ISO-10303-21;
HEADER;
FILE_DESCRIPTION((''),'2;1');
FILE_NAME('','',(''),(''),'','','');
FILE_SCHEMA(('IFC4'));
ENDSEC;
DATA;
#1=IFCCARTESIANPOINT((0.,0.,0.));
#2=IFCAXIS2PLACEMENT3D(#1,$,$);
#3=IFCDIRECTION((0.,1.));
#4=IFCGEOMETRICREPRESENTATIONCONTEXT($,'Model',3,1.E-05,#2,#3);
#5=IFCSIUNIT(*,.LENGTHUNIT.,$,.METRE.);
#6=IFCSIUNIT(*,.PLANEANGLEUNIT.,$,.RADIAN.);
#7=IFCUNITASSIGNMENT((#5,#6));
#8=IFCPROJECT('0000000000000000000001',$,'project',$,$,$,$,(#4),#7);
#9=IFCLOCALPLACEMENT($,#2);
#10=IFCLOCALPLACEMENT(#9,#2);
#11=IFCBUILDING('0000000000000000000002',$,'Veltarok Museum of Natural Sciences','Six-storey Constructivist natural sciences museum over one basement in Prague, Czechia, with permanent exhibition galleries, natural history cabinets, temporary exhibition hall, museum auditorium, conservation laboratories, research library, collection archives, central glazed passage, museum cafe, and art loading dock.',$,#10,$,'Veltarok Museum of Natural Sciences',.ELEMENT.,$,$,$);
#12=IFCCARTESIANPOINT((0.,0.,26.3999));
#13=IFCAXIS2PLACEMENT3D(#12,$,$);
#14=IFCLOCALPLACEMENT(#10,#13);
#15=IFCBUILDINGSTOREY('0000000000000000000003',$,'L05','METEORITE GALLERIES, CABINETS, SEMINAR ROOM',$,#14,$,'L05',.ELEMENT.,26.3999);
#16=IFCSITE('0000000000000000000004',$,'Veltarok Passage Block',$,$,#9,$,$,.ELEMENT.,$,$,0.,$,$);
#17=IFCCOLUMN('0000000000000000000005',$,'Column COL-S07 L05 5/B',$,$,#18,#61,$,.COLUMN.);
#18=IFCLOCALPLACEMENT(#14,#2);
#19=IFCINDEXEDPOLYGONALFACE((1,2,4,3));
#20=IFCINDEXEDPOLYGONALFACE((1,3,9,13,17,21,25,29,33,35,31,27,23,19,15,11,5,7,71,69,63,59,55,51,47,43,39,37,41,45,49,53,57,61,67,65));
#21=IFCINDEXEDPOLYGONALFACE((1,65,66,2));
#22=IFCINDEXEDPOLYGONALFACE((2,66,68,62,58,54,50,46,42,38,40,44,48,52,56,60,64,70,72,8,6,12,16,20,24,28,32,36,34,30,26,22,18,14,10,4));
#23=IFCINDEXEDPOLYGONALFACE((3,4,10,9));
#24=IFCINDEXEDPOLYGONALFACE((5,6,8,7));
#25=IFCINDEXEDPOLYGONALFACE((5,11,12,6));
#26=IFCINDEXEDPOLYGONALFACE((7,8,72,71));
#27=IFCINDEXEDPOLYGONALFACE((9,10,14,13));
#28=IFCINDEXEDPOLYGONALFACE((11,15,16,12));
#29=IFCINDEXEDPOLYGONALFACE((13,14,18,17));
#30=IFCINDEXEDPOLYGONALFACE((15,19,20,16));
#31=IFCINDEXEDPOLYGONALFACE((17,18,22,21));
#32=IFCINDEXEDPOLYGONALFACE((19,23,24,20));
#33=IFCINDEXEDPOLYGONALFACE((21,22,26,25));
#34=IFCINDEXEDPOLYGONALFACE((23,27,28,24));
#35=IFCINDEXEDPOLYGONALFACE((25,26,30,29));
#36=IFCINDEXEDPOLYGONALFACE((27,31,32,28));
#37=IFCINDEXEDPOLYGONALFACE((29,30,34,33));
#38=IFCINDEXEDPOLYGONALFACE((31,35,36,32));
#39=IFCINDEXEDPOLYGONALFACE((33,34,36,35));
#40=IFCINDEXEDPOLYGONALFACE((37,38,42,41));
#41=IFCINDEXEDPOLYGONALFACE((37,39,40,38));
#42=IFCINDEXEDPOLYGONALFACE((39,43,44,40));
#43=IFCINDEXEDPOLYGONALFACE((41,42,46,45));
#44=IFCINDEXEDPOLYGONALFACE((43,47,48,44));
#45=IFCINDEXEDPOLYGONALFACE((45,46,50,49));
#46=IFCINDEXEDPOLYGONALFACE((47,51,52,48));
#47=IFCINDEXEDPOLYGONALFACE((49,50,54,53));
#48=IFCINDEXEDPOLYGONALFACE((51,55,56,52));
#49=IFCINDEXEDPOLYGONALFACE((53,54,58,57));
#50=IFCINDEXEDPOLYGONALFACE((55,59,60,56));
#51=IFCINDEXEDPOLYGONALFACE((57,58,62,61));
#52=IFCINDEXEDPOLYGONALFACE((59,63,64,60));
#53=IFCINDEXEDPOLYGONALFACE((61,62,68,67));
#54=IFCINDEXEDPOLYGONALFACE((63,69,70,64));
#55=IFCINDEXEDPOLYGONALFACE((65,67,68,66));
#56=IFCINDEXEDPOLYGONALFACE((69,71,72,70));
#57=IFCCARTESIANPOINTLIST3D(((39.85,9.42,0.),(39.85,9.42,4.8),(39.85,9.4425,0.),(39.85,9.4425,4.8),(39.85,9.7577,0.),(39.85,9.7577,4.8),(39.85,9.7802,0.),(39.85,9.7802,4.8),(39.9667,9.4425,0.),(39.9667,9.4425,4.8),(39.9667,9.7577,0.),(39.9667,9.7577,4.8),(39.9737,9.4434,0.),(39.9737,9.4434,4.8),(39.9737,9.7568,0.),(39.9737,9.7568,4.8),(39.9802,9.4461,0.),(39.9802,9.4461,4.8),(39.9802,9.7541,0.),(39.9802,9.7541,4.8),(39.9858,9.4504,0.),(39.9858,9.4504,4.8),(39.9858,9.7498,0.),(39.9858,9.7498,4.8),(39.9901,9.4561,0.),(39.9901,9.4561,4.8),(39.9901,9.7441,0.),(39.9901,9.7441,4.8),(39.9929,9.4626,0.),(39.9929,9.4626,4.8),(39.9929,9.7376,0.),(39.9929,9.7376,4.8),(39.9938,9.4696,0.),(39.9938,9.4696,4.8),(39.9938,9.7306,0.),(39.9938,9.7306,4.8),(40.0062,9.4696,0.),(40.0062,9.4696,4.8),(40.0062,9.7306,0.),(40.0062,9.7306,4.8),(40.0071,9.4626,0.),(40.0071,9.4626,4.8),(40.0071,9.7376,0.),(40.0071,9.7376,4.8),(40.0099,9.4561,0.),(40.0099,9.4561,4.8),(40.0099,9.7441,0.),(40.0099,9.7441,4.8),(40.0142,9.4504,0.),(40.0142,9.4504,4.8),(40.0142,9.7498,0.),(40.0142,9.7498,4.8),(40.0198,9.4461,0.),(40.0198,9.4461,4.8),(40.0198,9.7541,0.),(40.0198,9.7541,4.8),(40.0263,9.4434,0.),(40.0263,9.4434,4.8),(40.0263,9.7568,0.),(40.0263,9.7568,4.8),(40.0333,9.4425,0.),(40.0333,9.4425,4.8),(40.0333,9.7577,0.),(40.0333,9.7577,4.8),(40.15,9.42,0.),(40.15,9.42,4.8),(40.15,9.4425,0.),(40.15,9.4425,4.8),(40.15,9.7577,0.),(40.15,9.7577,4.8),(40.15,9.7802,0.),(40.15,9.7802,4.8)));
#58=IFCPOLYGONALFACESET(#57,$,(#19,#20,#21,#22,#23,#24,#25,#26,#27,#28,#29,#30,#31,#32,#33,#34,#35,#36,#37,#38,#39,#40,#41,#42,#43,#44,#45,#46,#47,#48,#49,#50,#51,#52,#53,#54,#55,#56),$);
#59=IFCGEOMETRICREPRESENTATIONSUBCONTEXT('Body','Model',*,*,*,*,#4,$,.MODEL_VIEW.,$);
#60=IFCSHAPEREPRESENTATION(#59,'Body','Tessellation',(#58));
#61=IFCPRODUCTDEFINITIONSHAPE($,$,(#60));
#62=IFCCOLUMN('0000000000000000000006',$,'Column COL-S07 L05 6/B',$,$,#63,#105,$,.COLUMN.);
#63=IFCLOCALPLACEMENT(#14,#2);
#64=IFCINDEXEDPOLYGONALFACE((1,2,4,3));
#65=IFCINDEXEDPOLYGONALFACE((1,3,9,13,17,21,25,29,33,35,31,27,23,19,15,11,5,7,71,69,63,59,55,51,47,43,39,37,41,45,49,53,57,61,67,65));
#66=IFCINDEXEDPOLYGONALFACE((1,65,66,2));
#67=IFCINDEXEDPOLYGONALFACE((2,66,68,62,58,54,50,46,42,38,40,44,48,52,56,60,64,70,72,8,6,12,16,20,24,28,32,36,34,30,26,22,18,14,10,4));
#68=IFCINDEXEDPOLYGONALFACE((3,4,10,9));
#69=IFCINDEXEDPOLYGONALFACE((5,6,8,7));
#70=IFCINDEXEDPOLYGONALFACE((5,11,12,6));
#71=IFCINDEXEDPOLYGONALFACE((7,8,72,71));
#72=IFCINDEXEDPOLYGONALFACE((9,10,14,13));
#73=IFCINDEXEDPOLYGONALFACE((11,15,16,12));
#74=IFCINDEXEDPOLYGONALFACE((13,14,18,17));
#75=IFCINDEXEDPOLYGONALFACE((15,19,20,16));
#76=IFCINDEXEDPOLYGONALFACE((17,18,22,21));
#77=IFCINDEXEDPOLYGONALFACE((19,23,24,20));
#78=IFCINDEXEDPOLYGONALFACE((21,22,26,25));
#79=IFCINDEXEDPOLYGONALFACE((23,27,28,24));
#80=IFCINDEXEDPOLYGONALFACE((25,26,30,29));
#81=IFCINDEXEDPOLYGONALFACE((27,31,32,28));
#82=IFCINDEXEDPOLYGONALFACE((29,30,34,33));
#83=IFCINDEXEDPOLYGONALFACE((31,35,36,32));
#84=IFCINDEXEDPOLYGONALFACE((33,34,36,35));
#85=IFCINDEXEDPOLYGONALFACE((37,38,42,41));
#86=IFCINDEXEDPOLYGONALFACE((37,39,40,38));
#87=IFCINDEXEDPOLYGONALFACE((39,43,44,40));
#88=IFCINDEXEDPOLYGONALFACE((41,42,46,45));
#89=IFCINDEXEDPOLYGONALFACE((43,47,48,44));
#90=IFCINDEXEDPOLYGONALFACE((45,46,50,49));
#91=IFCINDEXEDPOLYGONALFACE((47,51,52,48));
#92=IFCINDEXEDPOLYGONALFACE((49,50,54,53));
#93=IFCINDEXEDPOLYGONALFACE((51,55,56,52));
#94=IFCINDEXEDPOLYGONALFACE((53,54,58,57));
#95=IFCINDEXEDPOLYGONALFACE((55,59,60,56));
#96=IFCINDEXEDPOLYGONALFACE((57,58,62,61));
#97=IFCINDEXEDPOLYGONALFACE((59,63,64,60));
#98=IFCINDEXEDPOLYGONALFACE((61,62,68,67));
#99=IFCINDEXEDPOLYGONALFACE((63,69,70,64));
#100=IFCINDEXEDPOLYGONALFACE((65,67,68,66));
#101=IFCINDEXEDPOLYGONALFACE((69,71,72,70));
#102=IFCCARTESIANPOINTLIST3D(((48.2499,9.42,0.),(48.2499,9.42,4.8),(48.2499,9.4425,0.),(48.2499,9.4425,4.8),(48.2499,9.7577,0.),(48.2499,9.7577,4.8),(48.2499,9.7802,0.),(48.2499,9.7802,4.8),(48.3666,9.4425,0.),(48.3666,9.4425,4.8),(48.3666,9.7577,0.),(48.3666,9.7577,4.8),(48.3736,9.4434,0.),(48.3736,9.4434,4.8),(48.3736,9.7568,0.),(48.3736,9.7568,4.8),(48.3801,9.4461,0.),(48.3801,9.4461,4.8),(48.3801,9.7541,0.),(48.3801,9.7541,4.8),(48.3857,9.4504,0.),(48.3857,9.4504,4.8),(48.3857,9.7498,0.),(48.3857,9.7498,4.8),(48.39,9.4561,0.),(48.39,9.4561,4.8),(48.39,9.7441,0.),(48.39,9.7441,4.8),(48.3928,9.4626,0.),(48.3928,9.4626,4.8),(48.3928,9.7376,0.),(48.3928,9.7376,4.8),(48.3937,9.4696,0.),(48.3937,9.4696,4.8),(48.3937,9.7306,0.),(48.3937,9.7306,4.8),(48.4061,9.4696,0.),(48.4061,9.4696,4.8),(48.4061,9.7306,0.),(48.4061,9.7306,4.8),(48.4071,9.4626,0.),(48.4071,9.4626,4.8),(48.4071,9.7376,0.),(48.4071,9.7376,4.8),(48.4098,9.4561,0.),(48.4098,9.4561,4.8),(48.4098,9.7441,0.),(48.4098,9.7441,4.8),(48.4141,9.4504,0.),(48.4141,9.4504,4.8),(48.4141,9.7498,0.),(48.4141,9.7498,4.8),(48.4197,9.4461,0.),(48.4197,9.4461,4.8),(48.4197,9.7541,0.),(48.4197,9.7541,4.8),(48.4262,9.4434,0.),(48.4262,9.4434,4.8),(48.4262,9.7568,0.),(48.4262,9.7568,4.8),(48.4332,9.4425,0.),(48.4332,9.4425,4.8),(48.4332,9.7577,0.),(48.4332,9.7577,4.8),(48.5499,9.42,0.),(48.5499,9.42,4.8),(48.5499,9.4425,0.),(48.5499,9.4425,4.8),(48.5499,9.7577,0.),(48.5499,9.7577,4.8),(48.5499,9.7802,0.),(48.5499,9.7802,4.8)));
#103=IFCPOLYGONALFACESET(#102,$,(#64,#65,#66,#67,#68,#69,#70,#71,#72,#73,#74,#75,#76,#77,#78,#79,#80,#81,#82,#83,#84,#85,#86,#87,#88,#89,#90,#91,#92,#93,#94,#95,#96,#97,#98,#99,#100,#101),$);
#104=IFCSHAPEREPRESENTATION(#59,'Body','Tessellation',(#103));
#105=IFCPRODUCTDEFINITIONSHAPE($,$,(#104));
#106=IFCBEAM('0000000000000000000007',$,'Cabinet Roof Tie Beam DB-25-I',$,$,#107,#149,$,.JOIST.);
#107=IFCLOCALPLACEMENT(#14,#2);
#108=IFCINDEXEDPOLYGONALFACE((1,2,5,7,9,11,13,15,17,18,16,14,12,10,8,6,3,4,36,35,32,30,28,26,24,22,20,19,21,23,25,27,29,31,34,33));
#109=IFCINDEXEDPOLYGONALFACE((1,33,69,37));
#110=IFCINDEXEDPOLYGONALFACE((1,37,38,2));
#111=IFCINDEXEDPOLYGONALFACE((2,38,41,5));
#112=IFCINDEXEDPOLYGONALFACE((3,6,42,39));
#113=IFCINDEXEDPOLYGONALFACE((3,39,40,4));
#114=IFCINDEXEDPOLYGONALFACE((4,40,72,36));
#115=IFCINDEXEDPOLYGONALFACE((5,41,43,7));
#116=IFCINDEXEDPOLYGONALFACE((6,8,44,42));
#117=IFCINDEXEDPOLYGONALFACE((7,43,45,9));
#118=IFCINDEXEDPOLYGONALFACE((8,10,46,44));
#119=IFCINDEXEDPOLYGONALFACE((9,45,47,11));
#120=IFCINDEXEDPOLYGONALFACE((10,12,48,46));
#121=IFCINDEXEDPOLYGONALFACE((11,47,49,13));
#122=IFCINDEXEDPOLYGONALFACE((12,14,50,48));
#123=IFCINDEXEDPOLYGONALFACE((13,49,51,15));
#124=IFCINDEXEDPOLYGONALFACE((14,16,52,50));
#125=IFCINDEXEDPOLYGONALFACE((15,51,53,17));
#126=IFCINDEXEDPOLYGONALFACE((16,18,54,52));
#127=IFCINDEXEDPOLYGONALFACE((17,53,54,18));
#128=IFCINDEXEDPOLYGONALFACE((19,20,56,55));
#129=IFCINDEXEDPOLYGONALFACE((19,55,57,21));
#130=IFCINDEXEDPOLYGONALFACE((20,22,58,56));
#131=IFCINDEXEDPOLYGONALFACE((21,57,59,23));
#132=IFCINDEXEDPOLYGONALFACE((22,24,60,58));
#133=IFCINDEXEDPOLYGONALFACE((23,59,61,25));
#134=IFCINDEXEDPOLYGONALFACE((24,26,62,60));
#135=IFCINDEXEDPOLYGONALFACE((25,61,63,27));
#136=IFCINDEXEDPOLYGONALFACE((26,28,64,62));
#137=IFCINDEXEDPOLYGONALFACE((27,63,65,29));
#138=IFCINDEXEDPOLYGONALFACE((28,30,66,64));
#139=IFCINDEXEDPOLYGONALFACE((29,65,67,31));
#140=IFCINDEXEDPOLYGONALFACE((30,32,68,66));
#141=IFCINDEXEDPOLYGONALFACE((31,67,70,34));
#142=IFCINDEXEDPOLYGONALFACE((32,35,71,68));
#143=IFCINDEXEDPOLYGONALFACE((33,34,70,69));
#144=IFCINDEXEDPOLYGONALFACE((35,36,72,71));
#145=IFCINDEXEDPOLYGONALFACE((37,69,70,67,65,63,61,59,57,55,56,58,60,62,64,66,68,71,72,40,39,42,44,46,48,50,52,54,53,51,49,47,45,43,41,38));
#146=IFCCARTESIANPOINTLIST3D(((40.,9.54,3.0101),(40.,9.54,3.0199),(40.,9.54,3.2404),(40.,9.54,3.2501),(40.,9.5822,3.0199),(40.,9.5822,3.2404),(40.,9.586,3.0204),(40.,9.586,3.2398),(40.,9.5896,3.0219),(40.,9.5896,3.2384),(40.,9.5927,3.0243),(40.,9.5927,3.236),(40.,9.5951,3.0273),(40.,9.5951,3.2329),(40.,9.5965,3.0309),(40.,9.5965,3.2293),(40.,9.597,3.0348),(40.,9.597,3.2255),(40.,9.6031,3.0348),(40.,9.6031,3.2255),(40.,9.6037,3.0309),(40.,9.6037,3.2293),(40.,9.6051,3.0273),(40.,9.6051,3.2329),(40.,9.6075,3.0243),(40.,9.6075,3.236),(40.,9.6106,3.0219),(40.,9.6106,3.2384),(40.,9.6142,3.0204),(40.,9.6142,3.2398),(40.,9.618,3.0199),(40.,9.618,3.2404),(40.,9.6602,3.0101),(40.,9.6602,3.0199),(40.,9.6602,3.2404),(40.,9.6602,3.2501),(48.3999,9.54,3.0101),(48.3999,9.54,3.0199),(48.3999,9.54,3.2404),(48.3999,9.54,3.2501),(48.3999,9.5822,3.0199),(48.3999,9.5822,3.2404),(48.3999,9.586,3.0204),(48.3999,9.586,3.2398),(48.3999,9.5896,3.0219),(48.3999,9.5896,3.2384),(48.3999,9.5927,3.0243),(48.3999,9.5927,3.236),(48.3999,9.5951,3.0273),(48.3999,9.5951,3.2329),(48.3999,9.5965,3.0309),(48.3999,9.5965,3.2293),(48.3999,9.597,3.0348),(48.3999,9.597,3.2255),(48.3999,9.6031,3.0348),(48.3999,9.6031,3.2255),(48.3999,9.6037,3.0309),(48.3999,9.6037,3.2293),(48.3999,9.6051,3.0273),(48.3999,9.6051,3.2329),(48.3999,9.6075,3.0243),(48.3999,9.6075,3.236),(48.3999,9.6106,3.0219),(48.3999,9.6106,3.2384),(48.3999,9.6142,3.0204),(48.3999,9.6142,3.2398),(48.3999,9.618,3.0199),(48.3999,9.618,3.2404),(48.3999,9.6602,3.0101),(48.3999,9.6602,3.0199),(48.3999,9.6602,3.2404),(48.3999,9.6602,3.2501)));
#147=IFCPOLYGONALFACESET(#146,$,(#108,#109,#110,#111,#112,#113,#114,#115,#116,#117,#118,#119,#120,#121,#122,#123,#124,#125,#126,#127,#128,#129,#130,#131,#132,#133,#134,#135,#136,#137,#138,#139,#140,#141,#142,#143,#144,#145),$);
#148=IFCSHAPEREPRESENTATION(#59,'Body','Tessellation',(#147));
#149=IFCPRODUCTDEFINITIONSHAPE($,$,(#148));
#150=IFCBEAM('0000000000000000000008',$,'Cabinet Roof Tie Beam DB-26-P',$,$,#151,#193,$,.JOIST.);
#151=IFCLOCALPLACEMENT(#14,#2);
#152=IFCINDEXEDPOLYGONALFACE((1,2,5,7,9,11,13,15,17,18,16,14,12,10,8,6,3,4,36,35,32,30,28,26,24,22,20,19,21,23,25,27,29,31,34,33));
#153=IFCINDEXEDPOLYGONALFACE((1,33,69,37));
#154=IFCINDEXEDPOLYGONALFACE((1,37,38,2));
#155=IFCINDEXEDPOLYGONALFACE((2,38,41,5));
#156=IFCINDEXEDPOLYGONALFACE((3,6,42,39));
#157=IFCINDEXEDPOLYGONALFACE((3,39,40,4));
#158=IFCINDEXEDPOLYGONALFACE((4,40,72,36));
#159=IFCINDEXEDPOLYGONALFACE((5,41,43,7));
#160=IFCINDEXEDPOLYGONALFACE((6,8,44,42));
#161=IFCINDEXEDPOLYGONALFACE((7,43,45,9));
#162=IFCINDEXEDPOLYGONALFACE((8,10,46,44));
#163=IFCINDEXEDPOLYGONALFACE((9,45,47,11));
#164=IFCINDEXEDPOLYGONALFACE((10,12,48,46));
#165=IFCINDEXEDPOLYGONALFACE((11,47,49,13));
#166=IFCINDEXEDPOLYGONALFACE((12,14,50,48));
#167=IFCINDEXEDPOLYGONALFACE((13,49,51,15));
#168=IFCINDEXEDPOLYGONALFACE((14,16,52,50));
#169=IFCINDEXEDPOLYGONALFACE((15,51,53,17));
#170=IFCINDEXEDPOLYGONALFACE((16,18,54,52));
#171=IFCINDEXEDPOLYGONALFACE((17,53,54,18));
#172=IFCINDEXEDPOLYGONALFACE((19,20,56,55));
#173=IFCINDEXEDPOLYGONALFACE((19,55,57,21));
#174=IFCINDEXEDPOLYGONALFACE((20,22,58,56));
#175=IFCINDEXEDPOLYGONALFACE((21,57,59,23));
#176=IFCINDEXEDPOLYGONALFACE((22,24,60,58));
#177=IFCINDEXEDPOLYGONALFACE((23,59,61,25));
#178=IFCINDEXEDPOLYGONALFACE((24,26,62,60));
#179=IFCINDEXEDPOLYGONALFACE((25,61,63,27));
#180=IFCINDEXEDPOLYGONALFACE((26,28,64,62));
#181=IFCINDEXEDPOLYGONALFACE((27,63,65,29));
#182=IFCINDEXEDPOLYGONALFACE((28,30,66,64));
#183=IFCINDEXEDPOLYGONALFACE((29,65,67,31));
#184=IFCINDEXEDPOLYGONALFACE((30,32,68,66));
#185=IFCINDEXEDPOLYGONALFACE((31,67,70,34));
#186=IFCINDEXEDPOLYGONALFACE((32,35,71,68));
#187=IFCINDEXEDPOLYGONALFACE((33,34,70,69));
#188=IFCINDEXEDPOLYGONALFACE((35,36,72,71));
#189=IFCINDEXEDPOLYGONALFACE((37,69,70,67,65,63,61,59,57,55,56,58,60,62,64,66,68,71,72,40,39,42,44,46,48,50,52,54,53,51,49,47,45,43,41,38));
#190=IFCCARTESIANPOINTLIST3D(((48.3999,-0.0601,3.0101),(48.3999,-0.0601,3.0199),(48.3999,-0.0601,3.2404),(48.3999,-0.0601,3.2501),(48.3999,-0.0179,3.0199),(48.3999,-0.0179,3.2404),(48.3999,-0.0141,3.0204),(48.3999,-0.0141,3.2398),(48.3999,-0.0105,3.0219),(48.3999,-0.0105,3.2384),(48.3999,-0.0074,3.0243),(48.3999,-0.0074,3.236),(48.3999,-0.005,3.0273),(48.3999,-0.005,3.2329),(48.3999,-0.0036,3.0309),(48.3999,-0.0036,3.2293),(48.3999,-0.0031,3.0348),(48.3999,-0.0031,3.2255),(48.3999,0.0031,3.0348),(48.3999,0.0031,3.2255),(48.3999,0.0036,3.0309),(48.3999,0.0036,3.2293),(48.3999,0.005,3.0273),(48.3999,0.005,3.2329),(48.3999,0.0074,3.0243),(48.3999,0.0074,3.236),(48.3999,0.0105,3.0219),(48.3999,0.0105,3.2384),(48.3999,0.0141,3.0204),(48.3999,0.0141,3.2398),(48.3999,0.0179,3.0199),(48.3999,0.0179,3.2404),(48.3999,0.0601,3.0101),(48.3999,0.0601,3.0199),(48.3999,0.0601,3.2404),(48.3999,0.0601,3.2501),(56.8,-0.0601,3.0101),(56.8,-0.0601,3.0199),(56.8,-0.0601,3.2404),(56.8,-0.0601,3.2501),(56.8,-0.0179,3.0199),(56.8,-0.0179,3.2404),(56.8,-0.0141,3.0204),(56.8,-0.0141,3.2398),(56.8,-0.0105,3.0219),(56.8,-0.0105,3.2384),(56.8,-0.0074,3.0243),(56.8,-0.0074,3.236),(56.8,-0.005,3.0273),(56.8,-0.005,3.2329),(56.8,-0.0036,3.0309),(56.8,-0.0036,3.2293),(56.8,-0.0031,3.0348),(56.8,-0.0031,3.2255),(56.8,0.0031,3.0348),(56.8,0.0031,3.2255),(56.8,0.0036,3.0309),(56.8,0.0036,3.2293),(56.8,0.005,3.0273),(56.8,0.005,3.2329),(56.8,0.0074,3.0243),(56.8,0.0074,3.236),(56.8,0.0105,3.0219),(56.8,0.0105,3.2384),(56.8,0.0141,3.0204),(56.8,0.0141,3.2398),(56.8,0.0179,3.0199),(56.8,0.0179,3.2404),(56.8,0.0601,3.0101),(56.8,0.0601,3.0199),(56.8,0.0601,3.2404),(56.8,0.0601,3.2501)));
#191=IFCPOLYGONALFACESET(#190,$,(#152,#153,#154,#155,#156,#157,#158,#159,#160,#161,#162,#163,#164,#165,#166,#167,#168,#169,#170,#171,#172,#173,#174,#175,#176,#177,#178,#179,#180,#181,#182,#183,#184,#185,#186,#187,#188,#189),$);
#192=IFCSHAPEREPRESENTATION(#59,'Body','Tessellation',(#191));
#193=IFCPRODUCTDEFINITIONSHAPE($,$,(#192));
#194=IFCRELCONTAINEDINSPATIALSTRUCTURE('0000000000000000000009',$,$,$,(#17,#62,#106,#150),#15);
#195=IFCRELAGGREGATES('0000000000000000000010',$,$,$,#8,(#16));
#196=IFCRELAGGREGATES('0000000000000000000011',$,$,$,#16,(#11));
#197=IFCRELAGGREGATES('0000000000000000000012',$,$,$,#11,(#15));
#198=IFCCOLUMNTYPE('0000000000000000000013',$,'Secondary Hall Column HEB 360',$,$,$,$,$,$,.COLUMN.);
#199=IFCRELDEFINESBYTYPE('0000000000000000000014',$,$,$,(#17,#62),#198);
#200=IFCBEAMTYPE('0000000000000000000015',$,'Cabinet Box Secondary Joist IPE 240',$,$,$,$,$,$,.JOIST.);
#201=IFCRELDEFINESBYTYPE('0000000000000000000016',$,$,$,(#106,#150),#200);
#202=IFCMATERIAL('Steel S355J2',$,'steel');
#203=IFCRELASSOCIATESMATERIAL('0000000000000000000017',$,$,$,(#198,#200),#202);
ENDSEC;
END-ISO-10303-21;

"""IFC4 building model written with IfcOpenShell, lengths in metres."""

from ifc_helpers import new_model, si_unit, direction, frame, origin, origin_2d, place, context, subcontext, project, spatial, i_section, extrude, material, material_profile, profile_set, type_object, element, save


model = new_model("IFC4")

# Units and contexts
model_context = context("Model", 3, precision=1e-05, world=origin(), true_north=direction((0.0, 1.0)))
body_context = subcontext(model_context, "Body", "Model", "MODEL_VIEW")
ifc_project = project(units=[si_unit("LENGTHUNIT", "METRE"), si_unit("PLANEANGLEUNIT", "RADIAN")], contexts=[model_context])

# Site, building, storey
site_placement = place(None, origin())
site = spatial("IfcSite", under=ifc_project, at=site_placement, Name="Veltarok Passage Block", CompositionType="ELEMENT", RefElevation=0.0)
building_placement = place(site_placement, origin())
building = spatial("IfcBuilding", under=site, at=building_placement, Name="Veltarok Museum of Natural Sciences", Description="Six-storey Constructivist natural sciences museum over one basement in Prague, Czechia, with permanent exhibition galleries, natural history cabinets, temporary exhibition hall, museum auditorium, conservation laboratories, research library, collection archives, central glazed passage, museum cafe, and art loading dock.", LongName="Veltarok Museum of Natural Sciences", CompositionType="ELEMENT")
storey_placement = place(building_placement, frame((0.0, 0.0, 26.3999)))
storey = spatial("IfcBuildingStorey", under=building, at=storey_placement, Name="L05", Description="METEORITE GALLERIES, CABINETS, SEMINAR ROOM", LongName="L05", CompositionType="ELEMENT", Elevation=26.3999)

# Columns
ifc_material_1 = material(Name="Steel S355J2", Category="steel")
ifc_material_profile_1 = material_profile(ifc_material_1, i_section(OverallWidth=0.3, OverallDepth=0.3601, WebThickness=0.0125, FlangeThickness=0.0225, FilletRadius=0.0271, at=origin_2d()), Name="HEB 360")
ifc_profile_set_1 = profile_set([ifc_material_profile_1], Name="Steel S355J2")
column_type = type_object("IfcColumnType", Name="Secondary Hall Column HEB 360", PredefinedType="COLUMN", material=ifc_profile_set_1)
for number, where, z_axis, x_axis, name in (
    (1, (40.0, 9.6001, 0.0), (0.0, 0.0, 1.0), (1.0, 0.0, 0.0), "Column COL-S07 L05 5/B"),
    (2, (48.3999, 9.6001, 0.0), (0.0, 0.0, 1.0), (1.0, 0.0, 0.0), "Column COL-S07 L05 6/B"),
):
    element("IfcColumn", number, at=place(storey_placement, frame(where, z_axis=z_axis, x_axis=x_axis)), inside=storey, type_object=column_type, Name=name, PredefinedType="COLUMN", context=body_context, shape_type="SweptSolid", body=[
        extrude(i_section(OverallWidth=0.3, OverallDepth=0.3601, WebThickness=0.0125, FlangeThickness=0.0225, FilletRadius=0.0271, at=origin_2d()), origin(), (0.0, 0.0, 1.0), 4.8),
    ])

# Beams
ifc_material_profile_2 = material_profile(ifc_material_1, i_section(OverallWidth=0.1201, OverallDepth=0.24, WebThickness=0.0061, FlangeThickness=0.0098, FilletRadius=0.0149, at=origin_2d()), Name="IPE 240")
ifc_profile_set_2 = profile_set([ifc_material_profile_2], Name="Steel S355J2")
beam_type_1 = type_object("IfcBeamType", Name="Cabinet Box Secondary Joist IPE 240", PredefinedType="JOIST", material=ifc_profile_set_2)
beam_1_placement = place(storey_placement, frame((40.0, 9.6001, 3.1301), z_axis=(1.0, 0.0, 0.0), x_axis=(0.0, 1.0, 0.0)))
element("IfcBeam", 3, at=beam_1_placement, inside=storey, type_object=beam_type_1, Name="Cabinet Roof Tie Beam DB-25-I", PredefinedType="JOIST", context=body_context, shape_type="SweptSolid", body=[
    extrude(i_section(OverallWidth=0.1201, OverallDepth=0.24, WebThickness=0.0061, FlangeThickness=0.0098, FilletRadius=0.0149, at=origin_2d()), origin(), (0.0, 0.0, 1.0), 8.3999),
])
for number, where, z_axis, x_axis, name in (
    (4, (48.3999, 0.0, 3.1301), (1.0, 0.0, 0.0), (0.0, 1.0, 0.0), "Cabinet Roof Tie Beam DB-26-P"),
):
    element("IfcBeam", number, at=place(storey_placement, frame(where, z_axis=z_axis, x_axis=x_axis)), inside=storey, type_object=beam_type_1, Name=name, PredefinedType="JOIST", context=body_context, shape_type="SweptSolid", body=[
        extrude(i_section(OverallWidth=0.1201, OverallDepth=0.24, WebThickness=0.0061, FlangeThickness=0.0098, FilletRadius=0.0149, at=origin_2d()), origin(), (0.0, 0.0, 1.0), 8.4001),
    ])

save(model, "model.ifc")
